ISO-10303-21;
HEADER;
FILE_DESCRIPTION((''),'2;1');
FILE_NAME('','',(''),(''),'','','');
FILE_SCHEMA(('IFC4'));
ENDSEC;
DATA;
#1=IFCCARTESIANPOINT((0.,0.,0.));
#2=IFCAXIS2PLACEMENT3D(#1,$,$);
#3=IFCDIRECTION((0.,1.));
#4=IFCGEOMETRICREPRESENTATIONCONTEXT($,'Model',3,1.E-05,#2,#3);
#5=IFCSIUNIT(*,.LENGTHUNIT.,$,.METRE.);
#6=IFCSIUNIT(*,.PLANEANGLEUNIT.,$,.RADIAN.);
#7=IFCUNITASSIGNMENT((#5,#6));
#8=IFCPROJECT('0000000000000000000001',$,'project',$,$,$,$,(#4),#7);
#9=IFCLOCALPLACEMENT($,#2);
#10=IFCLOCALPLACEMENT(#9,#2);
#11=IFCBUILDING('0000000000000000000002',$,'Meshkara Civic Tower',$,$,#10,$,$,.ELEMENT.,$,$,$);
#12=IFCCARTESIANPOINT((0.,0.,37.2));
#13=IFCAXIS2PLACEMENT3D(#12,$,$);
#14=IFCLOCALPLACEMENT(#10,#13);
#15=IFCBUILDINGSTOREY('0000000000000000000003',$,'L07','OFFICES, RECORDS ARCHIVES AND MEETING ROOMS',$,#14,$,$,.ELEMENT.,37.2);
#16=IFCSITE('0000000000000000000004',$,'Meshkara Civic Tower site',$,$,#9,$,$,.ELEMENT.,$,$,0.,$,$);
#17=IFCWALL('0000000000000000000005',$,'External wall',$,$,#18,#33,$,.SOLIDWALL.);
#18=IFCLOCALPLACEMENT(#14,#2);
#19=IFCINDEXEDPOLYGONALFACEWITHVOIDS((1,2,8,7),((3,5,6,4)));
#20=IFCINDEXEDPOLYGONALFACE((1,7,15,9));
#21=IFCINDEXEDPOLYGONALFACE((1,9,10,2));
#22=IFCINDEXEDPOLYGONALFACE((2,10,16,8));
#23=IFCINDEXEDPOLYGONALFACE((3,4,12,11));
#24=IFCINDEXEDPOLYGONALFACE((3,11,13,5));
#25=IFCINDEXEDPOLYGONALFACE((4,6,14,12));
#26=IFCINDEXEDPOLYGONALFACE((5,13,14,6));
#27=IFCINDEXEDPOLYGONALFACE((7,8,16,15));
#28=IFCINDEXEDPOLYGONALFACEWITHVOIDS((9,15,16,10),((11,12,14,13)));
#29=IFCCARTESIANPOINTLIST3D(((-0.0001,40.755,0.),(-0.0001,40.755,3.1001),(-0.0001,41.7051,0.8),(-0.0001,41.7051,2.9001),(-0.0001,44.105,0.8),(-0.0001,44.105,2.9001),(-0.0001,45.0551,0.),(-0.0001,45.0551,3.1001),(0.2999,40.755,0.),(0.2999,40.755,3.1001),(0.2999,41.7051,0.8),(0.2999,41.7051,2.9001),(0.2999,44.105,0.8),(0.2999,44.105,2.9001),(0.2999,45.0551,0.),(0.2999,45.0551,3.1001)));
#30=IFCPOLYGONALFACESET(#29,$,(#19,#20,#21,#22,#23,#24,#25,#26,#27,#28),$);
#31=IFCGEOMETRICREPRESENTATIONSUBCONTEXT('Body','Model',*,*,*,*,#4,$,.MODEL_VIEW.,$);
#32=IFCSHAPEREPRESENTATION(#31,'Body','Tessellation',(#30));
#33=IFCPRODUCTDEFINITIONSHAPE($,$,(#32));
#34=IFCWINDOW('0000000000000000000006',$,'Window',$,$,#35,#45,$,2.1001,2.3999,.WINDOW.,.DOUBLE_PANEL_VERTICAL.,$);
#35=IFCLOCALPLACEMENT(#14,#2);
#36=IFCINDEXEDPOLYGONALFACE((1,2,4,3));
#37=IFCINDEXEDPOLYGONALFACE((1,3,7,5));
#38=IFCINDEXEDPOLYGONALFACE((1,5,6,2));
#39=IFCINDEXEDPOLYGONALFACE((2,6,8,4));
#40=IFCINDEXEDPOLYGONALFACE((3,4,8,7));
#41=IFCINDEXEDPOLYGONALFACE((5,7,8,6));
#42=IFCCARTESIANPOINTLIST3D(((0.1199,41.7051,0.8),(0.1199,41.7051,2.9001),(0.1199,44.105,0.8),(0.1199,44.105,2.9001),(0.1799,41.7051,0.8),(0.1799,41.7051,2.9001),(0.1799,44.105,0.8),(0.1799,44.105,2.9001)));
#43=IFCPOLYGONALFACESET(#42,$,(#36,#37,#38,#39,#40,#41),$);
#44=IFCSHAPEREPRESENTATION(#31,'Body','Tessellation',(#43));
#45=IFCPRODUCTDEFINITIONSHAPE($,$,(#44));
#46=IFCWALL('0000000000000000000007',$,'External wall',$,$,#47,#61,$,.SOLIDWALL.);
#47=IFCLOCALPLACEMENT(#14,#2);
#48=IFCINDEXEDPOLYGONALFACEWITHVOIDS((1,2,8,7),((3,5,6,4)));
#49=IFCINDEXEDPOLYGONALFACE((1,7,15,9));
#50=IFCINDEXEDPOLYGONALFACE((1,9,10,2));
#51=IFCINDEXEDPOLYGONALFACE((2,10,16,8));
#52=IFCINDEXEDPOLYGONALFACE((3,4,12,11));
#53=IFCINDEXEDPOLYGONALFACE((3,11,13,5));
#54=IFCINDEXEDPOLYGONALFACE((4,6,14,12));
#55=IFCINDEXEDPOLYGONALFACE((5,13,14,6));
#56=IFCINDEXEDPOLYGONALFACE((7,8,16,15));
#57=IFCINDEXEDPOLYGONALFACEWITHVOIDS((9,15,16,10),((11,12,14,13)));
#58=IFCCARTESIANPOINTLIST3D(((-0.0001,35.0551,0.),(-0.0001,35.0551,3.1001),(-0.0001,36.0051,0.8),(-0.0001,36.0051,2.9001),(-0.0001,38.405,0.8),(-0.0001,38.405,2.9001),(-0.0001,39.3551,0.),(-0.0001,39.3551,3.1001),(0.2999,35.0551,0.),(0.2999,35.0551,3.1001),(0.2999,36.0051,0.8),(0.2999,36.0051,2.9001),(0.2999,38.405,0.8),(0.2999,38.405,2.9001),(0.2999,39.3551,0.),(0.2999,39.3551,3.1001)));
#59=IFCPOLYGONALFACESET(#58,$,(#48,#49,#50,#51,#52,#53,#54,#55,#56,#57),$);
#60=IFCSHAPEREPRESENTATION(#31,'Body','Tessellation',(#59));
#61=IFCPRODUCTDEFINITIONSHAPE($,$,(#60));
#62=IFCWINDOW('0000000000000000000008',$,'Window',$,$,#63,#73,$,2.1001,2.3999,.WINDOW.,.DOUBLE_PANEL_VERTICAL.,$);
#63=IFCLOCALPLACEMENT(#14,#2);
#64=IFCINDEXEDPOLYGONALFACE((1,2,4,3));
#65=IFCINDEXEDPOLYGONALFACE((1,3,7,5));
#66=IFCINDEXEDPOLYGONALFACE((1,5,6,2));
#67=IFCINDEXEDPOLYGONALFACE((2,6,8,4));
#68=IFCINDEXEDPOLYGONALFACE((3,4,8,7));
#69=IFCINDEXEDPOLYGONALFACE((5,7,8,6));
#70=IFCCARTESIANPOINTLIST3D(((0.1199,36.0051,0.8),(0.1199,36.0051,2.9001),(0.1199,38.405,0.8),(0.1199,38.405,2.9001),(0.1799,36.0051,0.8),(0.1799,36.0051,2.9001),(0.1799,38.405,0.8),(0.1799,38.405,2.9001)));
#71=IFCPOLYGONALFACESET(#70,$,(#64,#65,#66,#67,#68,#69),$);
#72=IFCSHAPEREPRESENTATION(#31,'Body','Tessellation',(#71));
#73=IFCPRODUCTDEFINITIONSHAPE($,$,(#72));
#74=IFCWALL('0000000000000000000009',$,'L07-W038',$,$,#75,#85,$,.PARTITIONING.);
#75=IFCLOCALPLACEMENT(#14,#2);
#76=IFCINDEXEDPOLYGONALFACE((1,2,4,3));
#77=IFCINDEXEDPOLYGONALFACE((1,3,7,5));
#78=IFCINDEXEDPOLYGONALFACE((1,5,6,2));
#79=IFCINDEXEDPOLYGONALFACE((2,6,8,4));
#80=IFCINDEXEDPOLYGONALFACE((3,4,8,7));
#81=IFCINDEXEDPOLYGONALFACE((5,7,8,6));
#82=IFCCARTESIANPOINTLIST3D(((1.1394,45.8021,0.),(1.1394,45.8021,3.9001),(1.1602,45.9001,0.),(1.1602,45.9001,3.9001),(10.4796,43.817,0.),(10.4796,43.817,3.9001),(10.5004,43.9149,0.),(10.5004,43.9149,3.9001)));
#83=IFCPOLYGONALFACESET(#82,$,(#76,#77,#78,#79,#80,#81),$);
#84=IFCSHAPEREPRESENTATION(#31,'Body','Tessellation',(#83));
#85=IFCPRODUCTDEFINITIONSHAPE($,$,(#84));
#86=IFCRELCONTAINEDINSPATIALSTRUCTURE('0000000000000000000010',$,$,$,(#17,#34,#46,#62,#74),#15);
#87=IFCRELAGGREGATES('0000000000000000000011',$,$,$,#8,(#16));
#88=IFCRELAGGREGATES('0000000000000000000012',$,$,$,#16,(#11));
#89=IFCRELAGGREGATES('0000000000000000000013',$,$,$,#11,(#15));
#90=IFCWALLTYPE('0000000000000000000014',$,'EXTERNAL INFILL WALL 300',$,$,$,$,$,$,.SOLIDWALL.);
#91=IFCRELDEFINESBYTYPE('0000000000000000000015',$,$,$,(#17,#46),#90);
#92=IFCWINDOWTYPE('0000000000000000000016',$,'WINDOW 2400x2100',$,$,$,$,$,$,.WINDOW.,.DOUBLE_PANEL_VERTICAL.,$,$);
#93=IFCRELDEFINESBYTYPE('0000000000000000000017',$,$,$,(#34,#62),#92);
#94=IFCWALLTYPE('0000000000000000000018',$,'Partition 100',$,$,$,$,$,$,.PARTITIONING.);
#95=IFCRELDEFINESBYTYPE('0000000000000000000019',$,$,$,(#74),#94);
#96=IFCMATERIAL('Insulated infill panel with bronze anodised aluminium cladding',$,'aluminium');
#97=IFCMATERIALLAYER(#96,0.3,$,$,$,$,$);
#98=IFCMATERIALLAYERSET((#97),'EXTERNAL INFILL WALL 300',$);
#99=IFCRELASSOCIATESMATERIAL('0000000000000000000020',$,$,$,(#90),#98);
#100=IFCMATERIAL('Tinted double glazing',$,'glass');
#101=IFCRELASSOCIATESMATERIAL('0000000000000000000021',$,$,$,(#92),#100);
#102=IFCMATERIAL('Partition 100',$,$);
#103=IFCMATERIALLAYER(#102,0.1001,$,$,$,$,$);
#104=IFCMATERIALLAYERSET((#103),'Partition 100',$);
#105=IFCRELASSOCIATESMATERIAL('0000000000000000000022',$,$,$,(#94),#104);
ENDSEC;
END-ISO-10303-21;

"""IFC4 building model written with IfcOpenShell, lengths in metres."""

from ifc_helpers import new_model, si_unit, direction, frame, frame_2d, origin, place, context, subcontext, project, spatial, rectangle, extrude, material, layer, layer_set, type_object, element, fill, save


model = new_model("IFC4")

# Units and contexts
model_context = context("Model", 3, precision=1e-05, world=origin(), true_north=direction((0.0, 1.0)))
body_context = subcontext(model_context, "Body", "Model", "MODEL_VIEW")
ifc_project = project(units=[si_unit("LENGTHUNIT", "METRE"), si_unit("PLANEANGLEUNIT", "RADIAN")], contexts=[model_context])

# Site, building, storey
site_placement = place(None, origin())
site = spatial("IfcSite", under=ifc_project, at=site_placement, Name="Meshkara Civic Tower site", CompositionType="ELEMENT", RefElevation=0.0)
building_placement = place(site_placement, origin())
building = spatial("IfcBuilding", under=site, at=building_placement, Name="Meshkara Civic Tower", CompositionType="ELEMENT")
storey_placement = place(building_placement, frame((0.0, 0.0, 37.2)))
storey = spatial("IfcBuildingStorey", under=building, at=storey_placement, Name="L07", Description="OFFICES, RECORDS ARCHIVES AND MEETING ROOMS", CompositionType="ELEMENT", Elevation=37.2)

# Walls, openings, windows
ifc_material_1 = material(Name="Insulated infill panel with bronze anodised aluminium cladding", Category="aluminium")
ifc_layer_1 = layer(ifc_material_1, 0.3)
ifc_layer_set_1 = layer_set([ifc_layer_1], Name="EXTERNAL INFILL WALL 300")
wall_type_1 = type_object("IfcWallType", Name="EXTERNAL INFILL WALL 300", PredefinedType="SOLIDWALL", material=ifc_layer_set_1)
wall_1_placement = place(storey_placement, frame((0.1499, 45.0549, 0.0), z_axis=(0.0, 0.0, 1.0), x_axis=(0.0, -1.0, 0.0)))
wall_1 = element("IfcWall", 1, at=wall_1_placement, inside=storey, type_object=wall_type_1, Name="External wall", PredefinedType="SOLIDWALL", context=body_context, shape_type="SweptSolid", body=[
    extrude(rectangle(XDim=4.3, YDim=0.3, at=frame_2d((2.1499, 0.0))), origin(), (0.0, 0.0, 1.0), 3.1001),
])
opening_1_placement = place(wall_1_placement, frame((0.95, 0.0, 0.8)))
opening_1 = element("IfcOpeningElement", 2, at=opening_1_placement, cuts=wall_1, PredefinedType="OPENING", context=body_context, shape_type="SweptSolid", body=[
    extrude(rectangle(XDim=2.3999, YDim=2.1001, at=frame_2d((1.2, 1.05))), frame((0.0, 0.1599, 0.0), z_axis=(0.0, -1.0, 0.0), x_axis=(1.0, 0.0, 0.0)), (0.0, 0.0, 1.0), 0.3201),
])
ifc_material_2 = material(Name="Tinted double glazing", Category="glass")
window_type = type_object("IfcWindowType", Name="WINDOW 2400x2100", PartitioningType="DOUBLE_PANEL_VERTICAL", PredefinedType="WINDOW", material=ifc_material_2)
window_1_placement = place(opening_1_placement, origin())
window_1 = element("IfcWindow", 3, at=window_1_placement, inside=storey, type_object=window_type, Name="Window", OverallHeight=2.1001, OverallWidth=2.3999, PartitioningType="DOUBLE_PANEL_VERTICAL", PredefinedType="WINDOW", context=body_context, shape_type="SweptSolid", body=[
    extrude(rectangle(XDim=2.3999, YDim=2.1001, at=frame_2d((1.2, 1.05))), frame((0.0, 0.03, 0.0), z_axis=(0.0, -1.0, 0.0), x_axis=(1.0, 0.0, 0.0)), (0.0, 0.0, 1.0), 0.0601),
])
fill(opening_1, window_1)
wall_2_placement = place(storey_placement, frame((0.1499, 39.355, 0.0), z_axis=(0.0, 0.0, 1.0), x_axis=(0.0, -1.0, 0.0)))
wall_2 = element("IfcWall", 4, at=wall_2_placement, inside=storey, type_object=wall_type_1, Name="External wall", PredefinedType="SOLIDWALL", context=body_context, shape_type="SweptSolid", body=[
    extrude(rectangle(XDim=4.3, YDim=0.3, at=frame_2d((2.1499, 0.0))), origin(), (0.0, 0.0, 1.0), 3.1001),
])
opening_2_placement = place(wall_2_placement, frame((0.95, 0.0, 0.8)))
opening_2 = element("IfcOpeningElement", 5, at=opening_2_placement, cuts=wall_2, PredefinedType="OPENING", context=body_context, shape_type="SweptSolid", body=[
    extrude(rectangle(XDim=2.3999, YDim=2.1001, at=frame_2d((1.2, 1.05))), frame((0.0, 0.1599, 0.0), z_axis=(0.0, -1.0, 0.0), x_axis=(1.0, 0.0, 0.0)), (0.0, 0.0, 1.0), 0.3201),
])
window_2_placement = place(opening_2_placement, origin())
window_2 = element("IfcWindow", 6, at=window_2_placement, inside=storey, type_object=window_type, Name="Window", OverallHeight=2.1001, OverallWidth=2.3999, PartitioningType="DOUBLE_PANEL_VERTICAL", PredefinedType="WINDOW", context=body_context, shape_type="SweptSolid", body=[
    extrude(rectangle(XDim=2.3999, YDim=2.1001, at=frame_2d((1.2, 1.05))), frame((0.0, 0.03, 0.0), z_axis=(0.0, -1.0, 0.0), x_axis=(1.0, 0.0, 0.0)), (0.0, 0.0, 1.0), 0.0601),
])
fill(opening_2, window_2)

# Wall
ifc_material_3 = material(Name="Partition 100")
ifc_layer_2 = layer(ifc_material_3, 0.1001)
ifc_layer_set_2 = layer_set([ifc_layer_2], Name="Partition 100")
wall_type_2 = type_object("IfcWallType", Name="Partition 100", PredefinedType="PARTITIONING", material=ifc_layer_set_2)
wall_3_placement = place(storey_placement, frame((10.49, 43.866, 0.0), z_axis=(0.0, 0.0, 1.0), x_axis=(-0.978152, 0.207893, 0.0)))
element("IfcWall", 7, at=wall_3_placement, inside=storey, type_object=wall_type_2, Name="L07-W038", PredefinedType="PARTITIONING", context=body_context, shape_type="SweptSolid", body=[
    extrude(rectangle(XDim=9.5488, YDim=0.1001, at=frame_2d((4.7744, 0.0))), origin(), (0.0, 0.0, 1.0), 3.9001),
])

save(model, "model.ifc")
